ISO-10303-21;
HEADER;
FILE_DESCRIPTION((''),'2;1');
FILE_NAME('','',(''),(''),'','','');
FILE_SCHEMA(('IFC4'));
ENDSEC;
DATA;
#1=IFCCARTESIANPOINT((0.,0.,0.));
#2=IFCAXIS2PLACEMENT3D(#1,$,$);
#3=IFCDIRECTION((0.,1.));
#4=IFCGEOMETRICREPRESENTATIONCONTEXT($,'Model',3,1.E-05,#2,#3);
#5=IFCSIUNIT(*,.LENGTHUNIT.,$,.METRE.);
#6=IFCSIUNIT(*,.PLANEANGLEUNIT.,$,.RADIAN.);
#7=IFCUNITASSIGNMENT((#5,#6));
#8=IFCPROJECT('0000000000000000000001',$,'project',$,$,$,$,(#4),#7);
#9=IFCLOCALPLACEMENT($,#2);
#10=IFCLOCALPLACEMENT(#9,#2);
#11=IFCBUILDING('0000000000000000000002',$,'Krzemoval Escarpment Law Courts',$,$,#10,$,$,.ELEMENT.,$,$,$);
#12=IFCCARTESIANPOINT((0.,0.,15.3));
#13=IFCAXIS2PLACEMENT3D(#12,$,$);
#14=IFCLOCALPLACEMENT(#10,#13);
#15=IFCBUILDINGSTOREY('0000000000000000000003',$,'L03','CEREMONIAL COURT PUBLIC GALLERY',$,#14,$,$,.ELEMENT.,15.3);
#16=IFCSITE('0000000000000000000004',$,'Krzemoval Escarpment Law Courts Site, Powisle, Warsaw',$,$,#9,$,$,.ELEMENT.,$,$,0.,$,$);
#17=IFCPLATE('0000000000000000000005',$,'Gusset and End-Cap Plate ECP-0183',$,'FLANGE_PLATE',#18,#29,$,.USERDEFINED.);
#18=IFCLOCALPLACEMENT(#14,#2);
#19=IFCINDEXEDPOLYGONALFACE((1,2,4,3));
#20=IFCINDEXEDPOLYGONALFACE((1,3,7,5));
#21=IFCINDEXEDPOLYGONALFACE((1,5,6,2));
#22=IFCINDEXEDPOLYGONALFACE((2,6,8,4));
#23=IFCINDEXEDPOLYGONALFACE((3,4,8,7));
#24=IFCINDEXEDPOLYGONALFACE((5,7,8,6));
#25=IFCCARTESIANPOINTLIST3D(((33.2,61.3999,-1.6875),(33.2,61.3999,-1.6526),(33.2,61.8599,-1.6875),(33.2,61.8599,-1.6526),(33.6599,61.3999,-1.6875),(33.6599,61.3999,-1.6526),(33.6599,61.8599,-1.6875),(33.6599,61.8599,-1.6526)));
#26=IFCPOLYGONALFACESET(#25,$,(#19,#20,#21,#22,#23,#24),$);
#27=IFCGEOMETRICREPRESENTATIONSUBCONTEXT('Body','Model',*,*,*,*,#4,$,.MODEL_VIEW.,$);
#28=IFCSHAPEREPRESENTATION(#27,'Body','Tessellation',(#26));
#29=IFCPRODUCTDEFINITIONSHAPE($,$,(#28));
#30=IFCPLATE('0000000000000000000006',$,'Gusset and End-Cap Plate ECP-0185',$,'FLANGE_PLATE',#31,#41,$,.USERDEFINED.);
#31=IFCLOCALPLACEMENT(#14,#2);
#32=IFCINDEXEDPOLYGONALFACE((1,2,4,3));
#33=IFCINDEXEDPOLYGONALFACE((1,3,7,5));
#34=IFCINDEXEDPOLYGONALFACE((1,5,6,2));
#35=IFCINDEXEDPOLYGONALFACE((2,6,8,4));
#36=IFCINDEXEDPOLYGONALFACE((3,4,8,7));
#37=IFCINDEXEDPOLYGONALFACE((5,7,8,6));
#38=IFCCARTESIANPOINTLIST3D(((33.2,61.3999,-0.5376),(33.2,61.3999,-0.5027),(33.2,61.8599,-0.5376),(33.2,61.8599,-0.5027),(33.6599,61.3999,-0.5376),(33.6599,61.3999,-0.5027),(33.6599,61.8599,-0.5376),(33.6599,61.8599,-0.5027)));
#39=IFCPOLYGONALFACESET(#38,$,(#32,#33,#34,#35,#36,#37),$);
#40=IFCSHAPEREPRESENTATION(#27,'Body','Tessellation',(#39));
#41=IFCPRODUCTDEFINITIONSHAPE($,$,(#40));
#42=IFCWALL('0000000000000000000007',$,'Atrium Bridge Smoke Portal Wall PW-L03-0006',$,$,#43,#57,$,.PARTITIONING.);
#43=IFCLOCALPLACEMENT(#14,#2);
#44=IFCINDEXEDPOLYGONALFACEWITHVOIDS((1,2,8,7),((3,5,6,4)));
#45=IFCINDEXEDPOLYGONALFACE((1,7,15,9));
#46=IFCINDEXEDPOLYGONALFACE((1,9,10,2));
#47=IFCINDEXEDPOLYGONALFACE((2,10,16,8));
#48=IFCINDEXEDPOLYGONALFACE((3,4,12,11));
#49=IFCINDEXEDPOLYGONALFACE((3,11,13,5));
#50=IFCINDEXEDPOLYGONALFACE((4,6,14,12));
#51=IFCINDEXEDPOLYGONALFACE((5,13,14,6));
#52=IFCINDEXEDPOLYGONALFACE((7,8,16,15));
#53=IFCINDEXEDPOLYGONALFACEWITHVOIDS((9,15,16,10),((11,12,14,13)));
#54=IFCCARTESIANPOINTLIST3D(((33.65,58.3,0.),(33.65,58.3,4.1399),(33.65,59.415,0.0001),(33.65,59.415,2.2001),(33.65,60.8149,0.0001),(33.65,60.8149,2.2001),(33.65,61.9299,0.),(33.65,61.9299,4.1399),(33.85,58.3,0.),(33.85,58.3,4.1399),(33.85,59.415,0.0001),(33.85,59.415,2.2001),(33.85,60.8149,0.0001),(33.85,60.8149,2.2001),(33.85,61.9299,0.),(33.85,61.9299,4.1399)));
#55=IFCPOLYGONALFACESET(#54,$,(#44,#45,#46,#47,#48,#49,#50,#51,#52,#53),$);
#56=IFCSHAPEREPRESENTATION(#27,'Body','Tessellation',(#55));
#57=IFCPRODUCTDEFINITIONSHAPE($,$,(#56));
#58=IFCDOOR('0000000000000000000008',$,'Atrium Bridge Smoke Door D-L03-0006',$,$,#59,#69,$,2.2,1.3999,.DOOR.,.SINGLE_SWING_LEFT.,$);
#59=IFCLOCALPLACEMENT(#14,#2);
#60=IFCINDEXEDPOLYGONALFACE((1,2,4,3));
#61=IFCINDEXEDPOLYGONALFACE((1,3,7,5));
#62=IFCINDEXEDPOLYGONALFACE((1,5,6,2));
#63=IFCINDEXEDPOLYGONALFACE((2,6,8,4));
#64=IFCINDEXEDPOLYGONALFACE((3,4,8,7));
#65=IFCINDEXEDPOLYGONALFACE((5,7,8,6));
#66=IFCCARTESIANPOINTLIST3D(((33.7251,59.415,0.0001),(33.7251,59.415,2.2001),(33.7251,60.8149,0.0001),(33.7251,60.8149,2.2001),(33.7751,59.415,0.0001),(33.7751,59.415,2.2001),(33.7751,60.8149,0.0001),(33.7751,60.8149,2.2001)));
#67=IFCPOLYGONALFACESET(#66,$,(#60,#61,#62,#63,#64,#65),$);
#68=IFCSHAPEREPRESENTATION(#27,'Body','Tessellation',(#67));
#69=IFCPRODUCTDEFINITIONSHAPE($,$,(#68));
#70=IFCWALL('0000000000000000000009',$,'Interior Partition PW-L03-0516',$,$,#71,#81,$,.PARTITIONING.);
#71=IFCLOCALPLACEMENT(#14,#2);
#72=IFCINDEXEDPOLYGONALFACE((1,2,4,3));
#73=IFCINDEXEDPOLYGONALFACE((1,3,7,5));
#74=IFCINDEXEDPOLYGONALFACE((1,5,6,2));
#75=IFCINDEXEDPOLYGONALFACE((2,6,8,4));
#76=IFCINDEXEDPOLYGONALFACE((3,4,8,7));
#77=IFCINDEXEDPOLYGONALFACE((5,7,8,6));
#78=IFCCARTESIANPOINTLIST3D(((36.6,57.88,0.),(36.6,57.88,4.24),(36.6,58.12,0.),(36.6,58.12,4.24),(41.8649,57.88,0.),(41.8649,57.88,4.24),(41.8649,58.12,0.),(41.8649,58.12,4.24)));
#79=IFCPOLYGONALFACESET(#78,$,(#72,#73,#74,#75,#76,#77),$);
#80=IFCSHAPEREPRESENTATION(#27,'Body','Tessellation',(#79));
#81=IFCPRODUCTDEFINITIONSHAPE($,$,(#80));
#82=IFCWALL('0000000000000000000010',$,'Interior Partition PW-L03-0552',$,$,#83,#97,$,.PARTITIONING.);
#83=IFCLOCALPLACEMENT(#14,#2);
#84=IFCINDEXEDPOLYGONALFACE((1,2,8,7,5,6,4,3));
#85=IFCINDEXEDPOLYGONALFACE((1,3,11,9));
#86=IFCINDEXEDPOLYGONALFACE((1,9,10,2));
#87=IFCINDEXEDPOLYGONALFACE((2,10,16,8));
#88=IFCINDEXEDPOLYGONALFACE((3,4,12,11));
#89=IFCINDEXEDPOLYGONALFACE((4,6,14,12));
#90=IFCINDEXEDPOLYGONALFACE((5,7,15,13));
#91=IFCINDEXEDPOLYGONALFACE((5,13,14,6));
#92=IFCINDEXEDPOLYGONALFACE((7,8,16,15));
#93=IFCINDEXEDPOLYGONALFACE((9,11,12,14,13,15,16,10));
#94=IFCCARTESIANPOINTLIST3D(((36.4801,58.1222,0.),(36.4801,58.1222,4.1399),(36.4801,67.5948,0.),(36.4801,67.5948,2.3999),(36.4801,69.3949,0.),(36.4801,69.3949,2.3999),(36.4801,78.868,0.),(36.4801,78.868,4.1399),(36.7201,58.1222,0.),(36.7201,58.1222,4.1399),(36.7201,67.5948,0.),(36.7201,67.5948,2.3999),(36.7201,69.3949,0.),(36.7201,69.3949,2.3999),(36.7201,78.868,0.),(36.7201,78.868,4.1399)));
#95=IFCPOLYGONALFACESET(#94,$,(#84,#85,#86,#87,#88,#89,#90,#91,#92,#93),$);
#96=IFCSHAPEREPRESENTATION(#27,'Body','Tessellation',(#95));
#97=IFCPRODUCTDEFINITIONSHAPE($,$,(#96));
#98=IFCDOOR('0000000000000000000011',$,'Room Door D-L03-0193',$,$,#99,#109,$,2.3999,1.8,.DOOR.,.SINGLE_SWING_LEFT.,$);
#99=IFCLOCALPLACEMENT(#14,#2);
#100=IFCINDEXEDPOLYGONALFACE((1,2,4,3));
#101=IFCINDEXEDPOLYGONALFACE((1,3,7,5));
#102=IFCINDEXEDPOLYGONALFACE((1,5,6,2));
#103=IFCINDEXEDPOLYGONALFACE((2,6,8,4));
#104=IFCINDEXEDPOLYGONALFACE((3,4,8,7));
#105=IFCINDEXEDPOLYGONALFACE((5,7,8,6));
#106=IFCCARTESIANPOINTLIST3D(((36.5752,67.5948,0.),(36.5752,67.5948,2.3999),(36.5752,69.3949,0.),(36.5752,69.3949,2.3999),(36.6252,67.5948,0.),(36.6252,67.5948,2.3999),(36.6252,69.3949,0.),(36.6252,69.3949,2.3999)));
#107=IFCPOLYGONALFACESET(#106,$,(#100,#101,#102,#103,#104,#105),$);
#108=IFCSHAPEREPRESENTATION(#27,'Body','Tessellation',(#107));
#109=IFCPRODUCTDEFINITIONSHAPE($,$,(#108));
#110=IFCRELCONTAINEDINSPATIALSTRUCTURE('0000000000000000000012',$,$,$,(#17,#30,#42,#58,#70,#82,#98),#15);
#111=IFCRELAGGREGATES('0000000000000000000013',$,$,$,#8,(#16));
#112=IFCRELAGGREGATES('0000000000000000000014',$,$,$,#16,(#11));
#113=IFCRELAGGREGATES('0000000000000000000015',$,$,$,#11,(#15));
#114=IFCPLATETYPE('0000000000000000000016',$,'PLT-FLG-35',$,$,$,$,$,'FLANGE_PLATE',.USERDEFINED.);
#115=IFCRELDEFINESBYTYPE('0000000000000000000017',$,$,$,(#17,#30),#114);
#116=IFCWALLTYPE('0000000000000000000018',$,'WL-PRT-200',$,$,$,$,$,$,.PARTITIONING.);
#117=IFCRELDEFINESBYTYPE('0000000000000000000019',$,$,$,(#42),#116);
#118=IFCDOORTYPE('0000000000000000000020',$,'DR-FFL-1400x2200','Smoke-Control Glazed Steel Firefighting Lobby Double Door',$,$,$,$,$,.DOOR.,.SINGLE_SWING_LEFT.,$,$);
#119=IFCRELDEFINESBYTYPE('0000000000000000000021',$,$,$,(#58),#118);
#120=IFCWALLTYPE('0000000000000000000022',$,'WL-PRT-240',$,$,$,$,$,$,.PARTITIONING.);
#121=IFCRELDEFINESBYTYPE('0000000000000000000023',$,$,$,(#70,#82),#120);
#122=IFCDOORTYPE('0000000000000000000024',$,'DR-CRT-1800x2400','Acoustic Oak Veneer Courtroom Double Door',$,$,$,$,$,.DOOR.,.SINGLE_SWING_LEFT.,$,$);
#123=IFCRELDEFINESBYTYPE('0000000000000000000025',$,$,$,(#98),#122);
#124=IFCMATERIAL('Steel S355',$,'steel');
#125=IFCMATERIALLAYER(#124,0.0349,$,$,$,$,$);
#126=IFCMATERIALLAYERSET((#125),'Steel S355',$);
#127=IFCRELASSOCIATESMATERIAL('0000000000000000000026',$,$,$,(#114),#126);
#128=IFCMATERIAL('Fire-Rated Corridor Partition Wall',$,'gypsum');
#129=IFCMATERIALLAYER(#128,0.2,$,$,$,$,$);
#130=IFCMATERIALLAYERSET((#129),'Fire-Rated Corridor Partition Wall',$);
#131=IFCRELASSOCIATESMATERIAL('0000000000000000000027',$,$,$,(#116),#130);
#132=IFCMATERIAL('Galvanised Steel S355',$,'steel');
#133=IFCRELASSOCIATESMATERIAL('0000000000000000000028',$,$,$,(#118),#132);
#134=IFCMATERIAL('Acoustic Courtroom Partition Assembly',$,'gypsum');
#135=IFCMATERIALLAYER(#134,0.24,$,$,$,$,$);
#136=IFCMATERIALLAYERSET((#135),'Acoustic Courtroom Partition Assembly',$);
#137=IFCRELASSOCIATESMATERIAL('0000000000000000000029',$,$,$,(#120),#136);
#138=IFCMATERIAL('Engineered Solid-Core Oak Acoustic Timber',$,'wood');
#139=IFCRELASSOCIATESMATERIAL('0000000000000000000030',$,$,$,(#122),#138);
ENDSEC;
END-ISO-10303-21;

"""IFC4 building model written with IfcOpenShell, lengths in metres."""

from ifc_helpers import new_model, si_unit, direction, frame, frame_2d, origin, origin_2d, place, context, subcontext, project, spatial, rectangle, extrude, material, layer, layer_set, type_object, element, fill, save


model = new_model("IFC4")

# Units and contexts
model_context = context("Model", 3, precision=1e-05, world=origin(), true_north=direction((0.0, 1.0)))
body_context = subcontext(model_context, "Body", "Model", "MODEL_VIEW")
ifc_project = project(units=[si_unit("LENGTHUNIT", "METRE"), si_unit("PLANEANGLEUNIT", "RADIAN")], contexts=[model_context])

# Site, building, storey
site_placement = place(None, origin())
site = spatial("IfcSite", under=ifc_project, at=site_placement, Name="Krzemoval Escarpment Law Courts Site, Powisle, Warsaw", CompositionType="ELEMENT", RefElevation=0.0)
building_placement = place(site_placement, origin())
building = spatial("IfcBuilding", under=site, at=building_placement, Name="Krzemoval Escarpment Law Courts", CompositionType="ELEMENT")
storey_placement = place(building_placement, frame((0.0, 0.0, 15.3)))
storey = spatial("IfcBuildingStorey", under=building, at=storey_placement, Name="L03", Description="CEREMONIAL COURT PUBLIC GALLERY", CompositionType="ELEMENT", Elevation=15.3)

# Plates
ifc_material_1 = material(Name="Steel S355", Category="steel")
ifc_layer_1 = layer(ifc_material_1, 0.0349)
ifc_layer_set_1 = layer_set([ifc_layer_1], Name="Steel S355")
plate_type_1 = type_object("IfcPlateType", Name="PLT-FLG-35", ElementType="FLANGE_PLATE", PredefinedType="USERDEFINED", material=ifc_layer_set_1)
for number, where, z_axis, x_axis, name in (
    (1, (33.4299, 61.6299, -1.6875), (0.0, 0.0, 1.0), (1.0, 0.0, 0.0), "Gusset and End-Cap Plate ECP-0183"),
    (2, (33.4299, 61.6299, -0.5376), (0.0, 0.0, 1.0), (1.0, 0.0, 0.0), "Gusset and End-Cap Plate ECP-0185"),
):
    element("IfcPlate", number, at=place(storey_placement, frame(where, z_axis=z_axis, x_axis=x_axis)), inside=storey, type_object=plate_type_1, Name=name, ObjectType="FLANGE_PLATE", PredefinedType="USERDEFINED", context=body_context, shape_type="SweptSolid", body=[
        extrude(rectangle(XDim=0.46, YDim=0.46, at=origin_2d()), origin(), (0.0, 0.0, 1.0), 0.0349),
    ])

# Wall, opening, door
ifc_material_2 = material(Name="Fire-Rated Corridor Partition Wall", Category="gypsum")
ifc_layer_2 = layer(ifc_material_2, 0.2)
ifc_layer_set_2 = layer_set([ifc_layer_2], Name="Fire-Rated Corridor Partition Wall")
wall_type_1 = type_object("IfcWallType", Name="WL-PRT-200", PredefinedType="PARTITIONING", material=ifc_layer_set_2)
wall_1_placement = place(storey_placement, frame((33.75, 58.3, 0.0), z_axis=(0.0, 0.0, 1.0), x_axis=(0.0, 1.0, 0.0)))
wall_1 = element("IfcWall", 3, at=wall_1_placement, inside=storey, type_object=wall_type_1, Name="Atrium Bridge Smoke Portal Wall PW-L03-0006", PredefinedType="PARTITIONING", context=body_context, shape_type="SweptSolid", body=[
    extrude(rectangle(XDim=3.6299, YDim=0.2, at=frame_2d((1.8149, 0.0))), origin(), (0.0, 0.0, 1.0), 4.1399),
])
opening_1_placement = place(wall_1_placement, frame((1.115, 0.0, 0.0)))
opening_1 = element("IfcOpeningElement", 4, at=opening_1_placement, cuts=wall_1, PredefinedType="OPENING", context=body_context, shape_type="SweptSolid", body=[
    extrude(rectangle(XDim=1.3999, YDim=2.2, at=frame_2d((0.7, 1.1001))), frame((0.0, 0.115, 0.0), z_axis=(0.0, -1.0, 0.0), x_axis=(1.0, 0.0, 0.0)), (0.0, 0.0, 1.0), 0.2299),
])
ifc_material_3 = material(Name="Galvanised Steel S355", Category="steel")
door_type_1 = type_object("IfcDoorType", Name="DR-FFL-1400x2200", Description="Smoke-Control Glazed Steel Firefighting Lobby Double Door", OperationType="SINGLE_SWING_LEFT", PredefinedType="DOOR", material=ifc_material_3)
door_1_placement = place(opening_1_placement, origin())
door_1 = element("IfcDoor", 5, at=door_1_placement, inside=storey, type_object=door_type_1, Name="Atrium Bridge Smoke Door D-L03-0006", OperationType="SINGLE_SWING_LEFT", OverallHeight=2.2, OverallWidth=1.3999, PredefinedType="DOOR", context=body_context, shape_type="SweptSolid", body=[
    extrude(rectangle(XDim=1.3999, YDim=2.2, at=frame_2d((0.7, 1.1001))), frame((0.0, 0.0249, 0.0), z_axis=(0.0, -1.0, 0.0), x_axis=(1.0, 0.0, 0.0)), (0.0, 0.0, 1.0), 0.05),
])
fill(opening_1, door_1)

# Wall
ifc_material_4 = material(Name="Acoustic Courtroom Partition Assembly", Category="gypsum")
ifc_layer_3 = layer(ifc_material_4, 0.24)
ifc_layer_set_3 = layer_set([ifc_layer_3], Name="Acoustic Courtroom Partition Assembly")
wall_type_2 = type_object("IfcWallType", Name="WL-PRT-240", PredefinedType="PARTITIONING", material=ifc_layer_set_3)
wall_2_placement = place(storey_placement, frame((36.6001, 58.0, 0.0), z_axis=(0.0, 0.0, 1.0), x_axis=(1.0, 0.0, 0.0)))
element("IfcWall", 6, at=wall_2_placement, inside=storey, type_object=wall_type_2, Name="Interior Partition PW-L03-0516", PredefinedType="PARTITIONING", context=body_context, shape_type="SweptSolid", body=[
    extrude(rectangle(XDim=5.2649, YDim=0.24, at=frame_2d((2.6323, 0.0))), origin(), (0.0, 0.0, 1.0), 4.24),
])

# Wall, opening, door
wall_3_placement = place(storey_placement, frame((36.6001, 58.1221, 0.0), z_axis=(0.0, 0.0, 1.0), x_axis=(0.0, 1.0, 0.0)))
wall_3 = element("IfcWall", 7, at=wall_3_placement, inside=storey, type_object=wall_type_2, Name="Interior Partition PW-L03-0552", PredefinedType="PARTITIONING", context=body_context, shape_type="SweptSolid", body=[
    extrude(rectangle(XDim=20.7458, YDim=0.24, at=frame_2d((10.373, 0.0))), origin(), (0.0, 0.0, 1.0), 4.1399),
])
opening_2_placement = place(wall_3_placement, frame((9.4729, 0.0, 0.0)))
opening_2 = element("IfcOpeningElement", 8, at=opening_2_placement, cuts=wall_3, PredefinedType="OPENING", context=body_context, shape_type="SweptSolid", body=[
    extrude(rectangle(XDim=1.8, YDim=2.3999, at=frame_2d((0.8999, 1.2))), frame((0.0, 0.135, 0.0), z_axis=(0.0, -1.0, 0.0), x_axis=(1.0, 0.0, 0.0)), (0.0, 0.0, 1.0), 0.27),
])
ifc_material_5 = material(Name="Engineered Solid-Core Oak Acoustic Timber", Category="wood")
door_type_2 = type_object("IfcDoorType", Name="DR-CRT-1800x2400", Description="Acoustic Oak Veneer Courtroom Double Door", OperationType="SINGLE_SWING_LEFT", PredefinedType="DOOR", material=ifc_material_5)
door_2_placement = place(opening_2_placement, origin())
door_2 = element("IfcDoor", 9, at=door_2_placement, inside=storey, type_object=door_type_2, Name="Room Door D-L03-0193", OperationType="SINGLE_SWING_LEFT", OverallHeight=2.3999, OverallWidth=1.8, PredefinedType="DOOR", context=body_context, shape_type="SweptSolid", body=[
    extrude(rectangle(XDim=1.8, YDim=2.3999, at=frame_2d((0.8999, 1.2))), frame((0.0, 0.0249, 0.0), z_axis=(0.0, -1.0, 0.0), x_axis=(1.0, 0.0, 0.0)), (0.0, 0.0, 1.0), 0.05),
])
fill(opening_2, door_2)

save(model, "model.ifc")
